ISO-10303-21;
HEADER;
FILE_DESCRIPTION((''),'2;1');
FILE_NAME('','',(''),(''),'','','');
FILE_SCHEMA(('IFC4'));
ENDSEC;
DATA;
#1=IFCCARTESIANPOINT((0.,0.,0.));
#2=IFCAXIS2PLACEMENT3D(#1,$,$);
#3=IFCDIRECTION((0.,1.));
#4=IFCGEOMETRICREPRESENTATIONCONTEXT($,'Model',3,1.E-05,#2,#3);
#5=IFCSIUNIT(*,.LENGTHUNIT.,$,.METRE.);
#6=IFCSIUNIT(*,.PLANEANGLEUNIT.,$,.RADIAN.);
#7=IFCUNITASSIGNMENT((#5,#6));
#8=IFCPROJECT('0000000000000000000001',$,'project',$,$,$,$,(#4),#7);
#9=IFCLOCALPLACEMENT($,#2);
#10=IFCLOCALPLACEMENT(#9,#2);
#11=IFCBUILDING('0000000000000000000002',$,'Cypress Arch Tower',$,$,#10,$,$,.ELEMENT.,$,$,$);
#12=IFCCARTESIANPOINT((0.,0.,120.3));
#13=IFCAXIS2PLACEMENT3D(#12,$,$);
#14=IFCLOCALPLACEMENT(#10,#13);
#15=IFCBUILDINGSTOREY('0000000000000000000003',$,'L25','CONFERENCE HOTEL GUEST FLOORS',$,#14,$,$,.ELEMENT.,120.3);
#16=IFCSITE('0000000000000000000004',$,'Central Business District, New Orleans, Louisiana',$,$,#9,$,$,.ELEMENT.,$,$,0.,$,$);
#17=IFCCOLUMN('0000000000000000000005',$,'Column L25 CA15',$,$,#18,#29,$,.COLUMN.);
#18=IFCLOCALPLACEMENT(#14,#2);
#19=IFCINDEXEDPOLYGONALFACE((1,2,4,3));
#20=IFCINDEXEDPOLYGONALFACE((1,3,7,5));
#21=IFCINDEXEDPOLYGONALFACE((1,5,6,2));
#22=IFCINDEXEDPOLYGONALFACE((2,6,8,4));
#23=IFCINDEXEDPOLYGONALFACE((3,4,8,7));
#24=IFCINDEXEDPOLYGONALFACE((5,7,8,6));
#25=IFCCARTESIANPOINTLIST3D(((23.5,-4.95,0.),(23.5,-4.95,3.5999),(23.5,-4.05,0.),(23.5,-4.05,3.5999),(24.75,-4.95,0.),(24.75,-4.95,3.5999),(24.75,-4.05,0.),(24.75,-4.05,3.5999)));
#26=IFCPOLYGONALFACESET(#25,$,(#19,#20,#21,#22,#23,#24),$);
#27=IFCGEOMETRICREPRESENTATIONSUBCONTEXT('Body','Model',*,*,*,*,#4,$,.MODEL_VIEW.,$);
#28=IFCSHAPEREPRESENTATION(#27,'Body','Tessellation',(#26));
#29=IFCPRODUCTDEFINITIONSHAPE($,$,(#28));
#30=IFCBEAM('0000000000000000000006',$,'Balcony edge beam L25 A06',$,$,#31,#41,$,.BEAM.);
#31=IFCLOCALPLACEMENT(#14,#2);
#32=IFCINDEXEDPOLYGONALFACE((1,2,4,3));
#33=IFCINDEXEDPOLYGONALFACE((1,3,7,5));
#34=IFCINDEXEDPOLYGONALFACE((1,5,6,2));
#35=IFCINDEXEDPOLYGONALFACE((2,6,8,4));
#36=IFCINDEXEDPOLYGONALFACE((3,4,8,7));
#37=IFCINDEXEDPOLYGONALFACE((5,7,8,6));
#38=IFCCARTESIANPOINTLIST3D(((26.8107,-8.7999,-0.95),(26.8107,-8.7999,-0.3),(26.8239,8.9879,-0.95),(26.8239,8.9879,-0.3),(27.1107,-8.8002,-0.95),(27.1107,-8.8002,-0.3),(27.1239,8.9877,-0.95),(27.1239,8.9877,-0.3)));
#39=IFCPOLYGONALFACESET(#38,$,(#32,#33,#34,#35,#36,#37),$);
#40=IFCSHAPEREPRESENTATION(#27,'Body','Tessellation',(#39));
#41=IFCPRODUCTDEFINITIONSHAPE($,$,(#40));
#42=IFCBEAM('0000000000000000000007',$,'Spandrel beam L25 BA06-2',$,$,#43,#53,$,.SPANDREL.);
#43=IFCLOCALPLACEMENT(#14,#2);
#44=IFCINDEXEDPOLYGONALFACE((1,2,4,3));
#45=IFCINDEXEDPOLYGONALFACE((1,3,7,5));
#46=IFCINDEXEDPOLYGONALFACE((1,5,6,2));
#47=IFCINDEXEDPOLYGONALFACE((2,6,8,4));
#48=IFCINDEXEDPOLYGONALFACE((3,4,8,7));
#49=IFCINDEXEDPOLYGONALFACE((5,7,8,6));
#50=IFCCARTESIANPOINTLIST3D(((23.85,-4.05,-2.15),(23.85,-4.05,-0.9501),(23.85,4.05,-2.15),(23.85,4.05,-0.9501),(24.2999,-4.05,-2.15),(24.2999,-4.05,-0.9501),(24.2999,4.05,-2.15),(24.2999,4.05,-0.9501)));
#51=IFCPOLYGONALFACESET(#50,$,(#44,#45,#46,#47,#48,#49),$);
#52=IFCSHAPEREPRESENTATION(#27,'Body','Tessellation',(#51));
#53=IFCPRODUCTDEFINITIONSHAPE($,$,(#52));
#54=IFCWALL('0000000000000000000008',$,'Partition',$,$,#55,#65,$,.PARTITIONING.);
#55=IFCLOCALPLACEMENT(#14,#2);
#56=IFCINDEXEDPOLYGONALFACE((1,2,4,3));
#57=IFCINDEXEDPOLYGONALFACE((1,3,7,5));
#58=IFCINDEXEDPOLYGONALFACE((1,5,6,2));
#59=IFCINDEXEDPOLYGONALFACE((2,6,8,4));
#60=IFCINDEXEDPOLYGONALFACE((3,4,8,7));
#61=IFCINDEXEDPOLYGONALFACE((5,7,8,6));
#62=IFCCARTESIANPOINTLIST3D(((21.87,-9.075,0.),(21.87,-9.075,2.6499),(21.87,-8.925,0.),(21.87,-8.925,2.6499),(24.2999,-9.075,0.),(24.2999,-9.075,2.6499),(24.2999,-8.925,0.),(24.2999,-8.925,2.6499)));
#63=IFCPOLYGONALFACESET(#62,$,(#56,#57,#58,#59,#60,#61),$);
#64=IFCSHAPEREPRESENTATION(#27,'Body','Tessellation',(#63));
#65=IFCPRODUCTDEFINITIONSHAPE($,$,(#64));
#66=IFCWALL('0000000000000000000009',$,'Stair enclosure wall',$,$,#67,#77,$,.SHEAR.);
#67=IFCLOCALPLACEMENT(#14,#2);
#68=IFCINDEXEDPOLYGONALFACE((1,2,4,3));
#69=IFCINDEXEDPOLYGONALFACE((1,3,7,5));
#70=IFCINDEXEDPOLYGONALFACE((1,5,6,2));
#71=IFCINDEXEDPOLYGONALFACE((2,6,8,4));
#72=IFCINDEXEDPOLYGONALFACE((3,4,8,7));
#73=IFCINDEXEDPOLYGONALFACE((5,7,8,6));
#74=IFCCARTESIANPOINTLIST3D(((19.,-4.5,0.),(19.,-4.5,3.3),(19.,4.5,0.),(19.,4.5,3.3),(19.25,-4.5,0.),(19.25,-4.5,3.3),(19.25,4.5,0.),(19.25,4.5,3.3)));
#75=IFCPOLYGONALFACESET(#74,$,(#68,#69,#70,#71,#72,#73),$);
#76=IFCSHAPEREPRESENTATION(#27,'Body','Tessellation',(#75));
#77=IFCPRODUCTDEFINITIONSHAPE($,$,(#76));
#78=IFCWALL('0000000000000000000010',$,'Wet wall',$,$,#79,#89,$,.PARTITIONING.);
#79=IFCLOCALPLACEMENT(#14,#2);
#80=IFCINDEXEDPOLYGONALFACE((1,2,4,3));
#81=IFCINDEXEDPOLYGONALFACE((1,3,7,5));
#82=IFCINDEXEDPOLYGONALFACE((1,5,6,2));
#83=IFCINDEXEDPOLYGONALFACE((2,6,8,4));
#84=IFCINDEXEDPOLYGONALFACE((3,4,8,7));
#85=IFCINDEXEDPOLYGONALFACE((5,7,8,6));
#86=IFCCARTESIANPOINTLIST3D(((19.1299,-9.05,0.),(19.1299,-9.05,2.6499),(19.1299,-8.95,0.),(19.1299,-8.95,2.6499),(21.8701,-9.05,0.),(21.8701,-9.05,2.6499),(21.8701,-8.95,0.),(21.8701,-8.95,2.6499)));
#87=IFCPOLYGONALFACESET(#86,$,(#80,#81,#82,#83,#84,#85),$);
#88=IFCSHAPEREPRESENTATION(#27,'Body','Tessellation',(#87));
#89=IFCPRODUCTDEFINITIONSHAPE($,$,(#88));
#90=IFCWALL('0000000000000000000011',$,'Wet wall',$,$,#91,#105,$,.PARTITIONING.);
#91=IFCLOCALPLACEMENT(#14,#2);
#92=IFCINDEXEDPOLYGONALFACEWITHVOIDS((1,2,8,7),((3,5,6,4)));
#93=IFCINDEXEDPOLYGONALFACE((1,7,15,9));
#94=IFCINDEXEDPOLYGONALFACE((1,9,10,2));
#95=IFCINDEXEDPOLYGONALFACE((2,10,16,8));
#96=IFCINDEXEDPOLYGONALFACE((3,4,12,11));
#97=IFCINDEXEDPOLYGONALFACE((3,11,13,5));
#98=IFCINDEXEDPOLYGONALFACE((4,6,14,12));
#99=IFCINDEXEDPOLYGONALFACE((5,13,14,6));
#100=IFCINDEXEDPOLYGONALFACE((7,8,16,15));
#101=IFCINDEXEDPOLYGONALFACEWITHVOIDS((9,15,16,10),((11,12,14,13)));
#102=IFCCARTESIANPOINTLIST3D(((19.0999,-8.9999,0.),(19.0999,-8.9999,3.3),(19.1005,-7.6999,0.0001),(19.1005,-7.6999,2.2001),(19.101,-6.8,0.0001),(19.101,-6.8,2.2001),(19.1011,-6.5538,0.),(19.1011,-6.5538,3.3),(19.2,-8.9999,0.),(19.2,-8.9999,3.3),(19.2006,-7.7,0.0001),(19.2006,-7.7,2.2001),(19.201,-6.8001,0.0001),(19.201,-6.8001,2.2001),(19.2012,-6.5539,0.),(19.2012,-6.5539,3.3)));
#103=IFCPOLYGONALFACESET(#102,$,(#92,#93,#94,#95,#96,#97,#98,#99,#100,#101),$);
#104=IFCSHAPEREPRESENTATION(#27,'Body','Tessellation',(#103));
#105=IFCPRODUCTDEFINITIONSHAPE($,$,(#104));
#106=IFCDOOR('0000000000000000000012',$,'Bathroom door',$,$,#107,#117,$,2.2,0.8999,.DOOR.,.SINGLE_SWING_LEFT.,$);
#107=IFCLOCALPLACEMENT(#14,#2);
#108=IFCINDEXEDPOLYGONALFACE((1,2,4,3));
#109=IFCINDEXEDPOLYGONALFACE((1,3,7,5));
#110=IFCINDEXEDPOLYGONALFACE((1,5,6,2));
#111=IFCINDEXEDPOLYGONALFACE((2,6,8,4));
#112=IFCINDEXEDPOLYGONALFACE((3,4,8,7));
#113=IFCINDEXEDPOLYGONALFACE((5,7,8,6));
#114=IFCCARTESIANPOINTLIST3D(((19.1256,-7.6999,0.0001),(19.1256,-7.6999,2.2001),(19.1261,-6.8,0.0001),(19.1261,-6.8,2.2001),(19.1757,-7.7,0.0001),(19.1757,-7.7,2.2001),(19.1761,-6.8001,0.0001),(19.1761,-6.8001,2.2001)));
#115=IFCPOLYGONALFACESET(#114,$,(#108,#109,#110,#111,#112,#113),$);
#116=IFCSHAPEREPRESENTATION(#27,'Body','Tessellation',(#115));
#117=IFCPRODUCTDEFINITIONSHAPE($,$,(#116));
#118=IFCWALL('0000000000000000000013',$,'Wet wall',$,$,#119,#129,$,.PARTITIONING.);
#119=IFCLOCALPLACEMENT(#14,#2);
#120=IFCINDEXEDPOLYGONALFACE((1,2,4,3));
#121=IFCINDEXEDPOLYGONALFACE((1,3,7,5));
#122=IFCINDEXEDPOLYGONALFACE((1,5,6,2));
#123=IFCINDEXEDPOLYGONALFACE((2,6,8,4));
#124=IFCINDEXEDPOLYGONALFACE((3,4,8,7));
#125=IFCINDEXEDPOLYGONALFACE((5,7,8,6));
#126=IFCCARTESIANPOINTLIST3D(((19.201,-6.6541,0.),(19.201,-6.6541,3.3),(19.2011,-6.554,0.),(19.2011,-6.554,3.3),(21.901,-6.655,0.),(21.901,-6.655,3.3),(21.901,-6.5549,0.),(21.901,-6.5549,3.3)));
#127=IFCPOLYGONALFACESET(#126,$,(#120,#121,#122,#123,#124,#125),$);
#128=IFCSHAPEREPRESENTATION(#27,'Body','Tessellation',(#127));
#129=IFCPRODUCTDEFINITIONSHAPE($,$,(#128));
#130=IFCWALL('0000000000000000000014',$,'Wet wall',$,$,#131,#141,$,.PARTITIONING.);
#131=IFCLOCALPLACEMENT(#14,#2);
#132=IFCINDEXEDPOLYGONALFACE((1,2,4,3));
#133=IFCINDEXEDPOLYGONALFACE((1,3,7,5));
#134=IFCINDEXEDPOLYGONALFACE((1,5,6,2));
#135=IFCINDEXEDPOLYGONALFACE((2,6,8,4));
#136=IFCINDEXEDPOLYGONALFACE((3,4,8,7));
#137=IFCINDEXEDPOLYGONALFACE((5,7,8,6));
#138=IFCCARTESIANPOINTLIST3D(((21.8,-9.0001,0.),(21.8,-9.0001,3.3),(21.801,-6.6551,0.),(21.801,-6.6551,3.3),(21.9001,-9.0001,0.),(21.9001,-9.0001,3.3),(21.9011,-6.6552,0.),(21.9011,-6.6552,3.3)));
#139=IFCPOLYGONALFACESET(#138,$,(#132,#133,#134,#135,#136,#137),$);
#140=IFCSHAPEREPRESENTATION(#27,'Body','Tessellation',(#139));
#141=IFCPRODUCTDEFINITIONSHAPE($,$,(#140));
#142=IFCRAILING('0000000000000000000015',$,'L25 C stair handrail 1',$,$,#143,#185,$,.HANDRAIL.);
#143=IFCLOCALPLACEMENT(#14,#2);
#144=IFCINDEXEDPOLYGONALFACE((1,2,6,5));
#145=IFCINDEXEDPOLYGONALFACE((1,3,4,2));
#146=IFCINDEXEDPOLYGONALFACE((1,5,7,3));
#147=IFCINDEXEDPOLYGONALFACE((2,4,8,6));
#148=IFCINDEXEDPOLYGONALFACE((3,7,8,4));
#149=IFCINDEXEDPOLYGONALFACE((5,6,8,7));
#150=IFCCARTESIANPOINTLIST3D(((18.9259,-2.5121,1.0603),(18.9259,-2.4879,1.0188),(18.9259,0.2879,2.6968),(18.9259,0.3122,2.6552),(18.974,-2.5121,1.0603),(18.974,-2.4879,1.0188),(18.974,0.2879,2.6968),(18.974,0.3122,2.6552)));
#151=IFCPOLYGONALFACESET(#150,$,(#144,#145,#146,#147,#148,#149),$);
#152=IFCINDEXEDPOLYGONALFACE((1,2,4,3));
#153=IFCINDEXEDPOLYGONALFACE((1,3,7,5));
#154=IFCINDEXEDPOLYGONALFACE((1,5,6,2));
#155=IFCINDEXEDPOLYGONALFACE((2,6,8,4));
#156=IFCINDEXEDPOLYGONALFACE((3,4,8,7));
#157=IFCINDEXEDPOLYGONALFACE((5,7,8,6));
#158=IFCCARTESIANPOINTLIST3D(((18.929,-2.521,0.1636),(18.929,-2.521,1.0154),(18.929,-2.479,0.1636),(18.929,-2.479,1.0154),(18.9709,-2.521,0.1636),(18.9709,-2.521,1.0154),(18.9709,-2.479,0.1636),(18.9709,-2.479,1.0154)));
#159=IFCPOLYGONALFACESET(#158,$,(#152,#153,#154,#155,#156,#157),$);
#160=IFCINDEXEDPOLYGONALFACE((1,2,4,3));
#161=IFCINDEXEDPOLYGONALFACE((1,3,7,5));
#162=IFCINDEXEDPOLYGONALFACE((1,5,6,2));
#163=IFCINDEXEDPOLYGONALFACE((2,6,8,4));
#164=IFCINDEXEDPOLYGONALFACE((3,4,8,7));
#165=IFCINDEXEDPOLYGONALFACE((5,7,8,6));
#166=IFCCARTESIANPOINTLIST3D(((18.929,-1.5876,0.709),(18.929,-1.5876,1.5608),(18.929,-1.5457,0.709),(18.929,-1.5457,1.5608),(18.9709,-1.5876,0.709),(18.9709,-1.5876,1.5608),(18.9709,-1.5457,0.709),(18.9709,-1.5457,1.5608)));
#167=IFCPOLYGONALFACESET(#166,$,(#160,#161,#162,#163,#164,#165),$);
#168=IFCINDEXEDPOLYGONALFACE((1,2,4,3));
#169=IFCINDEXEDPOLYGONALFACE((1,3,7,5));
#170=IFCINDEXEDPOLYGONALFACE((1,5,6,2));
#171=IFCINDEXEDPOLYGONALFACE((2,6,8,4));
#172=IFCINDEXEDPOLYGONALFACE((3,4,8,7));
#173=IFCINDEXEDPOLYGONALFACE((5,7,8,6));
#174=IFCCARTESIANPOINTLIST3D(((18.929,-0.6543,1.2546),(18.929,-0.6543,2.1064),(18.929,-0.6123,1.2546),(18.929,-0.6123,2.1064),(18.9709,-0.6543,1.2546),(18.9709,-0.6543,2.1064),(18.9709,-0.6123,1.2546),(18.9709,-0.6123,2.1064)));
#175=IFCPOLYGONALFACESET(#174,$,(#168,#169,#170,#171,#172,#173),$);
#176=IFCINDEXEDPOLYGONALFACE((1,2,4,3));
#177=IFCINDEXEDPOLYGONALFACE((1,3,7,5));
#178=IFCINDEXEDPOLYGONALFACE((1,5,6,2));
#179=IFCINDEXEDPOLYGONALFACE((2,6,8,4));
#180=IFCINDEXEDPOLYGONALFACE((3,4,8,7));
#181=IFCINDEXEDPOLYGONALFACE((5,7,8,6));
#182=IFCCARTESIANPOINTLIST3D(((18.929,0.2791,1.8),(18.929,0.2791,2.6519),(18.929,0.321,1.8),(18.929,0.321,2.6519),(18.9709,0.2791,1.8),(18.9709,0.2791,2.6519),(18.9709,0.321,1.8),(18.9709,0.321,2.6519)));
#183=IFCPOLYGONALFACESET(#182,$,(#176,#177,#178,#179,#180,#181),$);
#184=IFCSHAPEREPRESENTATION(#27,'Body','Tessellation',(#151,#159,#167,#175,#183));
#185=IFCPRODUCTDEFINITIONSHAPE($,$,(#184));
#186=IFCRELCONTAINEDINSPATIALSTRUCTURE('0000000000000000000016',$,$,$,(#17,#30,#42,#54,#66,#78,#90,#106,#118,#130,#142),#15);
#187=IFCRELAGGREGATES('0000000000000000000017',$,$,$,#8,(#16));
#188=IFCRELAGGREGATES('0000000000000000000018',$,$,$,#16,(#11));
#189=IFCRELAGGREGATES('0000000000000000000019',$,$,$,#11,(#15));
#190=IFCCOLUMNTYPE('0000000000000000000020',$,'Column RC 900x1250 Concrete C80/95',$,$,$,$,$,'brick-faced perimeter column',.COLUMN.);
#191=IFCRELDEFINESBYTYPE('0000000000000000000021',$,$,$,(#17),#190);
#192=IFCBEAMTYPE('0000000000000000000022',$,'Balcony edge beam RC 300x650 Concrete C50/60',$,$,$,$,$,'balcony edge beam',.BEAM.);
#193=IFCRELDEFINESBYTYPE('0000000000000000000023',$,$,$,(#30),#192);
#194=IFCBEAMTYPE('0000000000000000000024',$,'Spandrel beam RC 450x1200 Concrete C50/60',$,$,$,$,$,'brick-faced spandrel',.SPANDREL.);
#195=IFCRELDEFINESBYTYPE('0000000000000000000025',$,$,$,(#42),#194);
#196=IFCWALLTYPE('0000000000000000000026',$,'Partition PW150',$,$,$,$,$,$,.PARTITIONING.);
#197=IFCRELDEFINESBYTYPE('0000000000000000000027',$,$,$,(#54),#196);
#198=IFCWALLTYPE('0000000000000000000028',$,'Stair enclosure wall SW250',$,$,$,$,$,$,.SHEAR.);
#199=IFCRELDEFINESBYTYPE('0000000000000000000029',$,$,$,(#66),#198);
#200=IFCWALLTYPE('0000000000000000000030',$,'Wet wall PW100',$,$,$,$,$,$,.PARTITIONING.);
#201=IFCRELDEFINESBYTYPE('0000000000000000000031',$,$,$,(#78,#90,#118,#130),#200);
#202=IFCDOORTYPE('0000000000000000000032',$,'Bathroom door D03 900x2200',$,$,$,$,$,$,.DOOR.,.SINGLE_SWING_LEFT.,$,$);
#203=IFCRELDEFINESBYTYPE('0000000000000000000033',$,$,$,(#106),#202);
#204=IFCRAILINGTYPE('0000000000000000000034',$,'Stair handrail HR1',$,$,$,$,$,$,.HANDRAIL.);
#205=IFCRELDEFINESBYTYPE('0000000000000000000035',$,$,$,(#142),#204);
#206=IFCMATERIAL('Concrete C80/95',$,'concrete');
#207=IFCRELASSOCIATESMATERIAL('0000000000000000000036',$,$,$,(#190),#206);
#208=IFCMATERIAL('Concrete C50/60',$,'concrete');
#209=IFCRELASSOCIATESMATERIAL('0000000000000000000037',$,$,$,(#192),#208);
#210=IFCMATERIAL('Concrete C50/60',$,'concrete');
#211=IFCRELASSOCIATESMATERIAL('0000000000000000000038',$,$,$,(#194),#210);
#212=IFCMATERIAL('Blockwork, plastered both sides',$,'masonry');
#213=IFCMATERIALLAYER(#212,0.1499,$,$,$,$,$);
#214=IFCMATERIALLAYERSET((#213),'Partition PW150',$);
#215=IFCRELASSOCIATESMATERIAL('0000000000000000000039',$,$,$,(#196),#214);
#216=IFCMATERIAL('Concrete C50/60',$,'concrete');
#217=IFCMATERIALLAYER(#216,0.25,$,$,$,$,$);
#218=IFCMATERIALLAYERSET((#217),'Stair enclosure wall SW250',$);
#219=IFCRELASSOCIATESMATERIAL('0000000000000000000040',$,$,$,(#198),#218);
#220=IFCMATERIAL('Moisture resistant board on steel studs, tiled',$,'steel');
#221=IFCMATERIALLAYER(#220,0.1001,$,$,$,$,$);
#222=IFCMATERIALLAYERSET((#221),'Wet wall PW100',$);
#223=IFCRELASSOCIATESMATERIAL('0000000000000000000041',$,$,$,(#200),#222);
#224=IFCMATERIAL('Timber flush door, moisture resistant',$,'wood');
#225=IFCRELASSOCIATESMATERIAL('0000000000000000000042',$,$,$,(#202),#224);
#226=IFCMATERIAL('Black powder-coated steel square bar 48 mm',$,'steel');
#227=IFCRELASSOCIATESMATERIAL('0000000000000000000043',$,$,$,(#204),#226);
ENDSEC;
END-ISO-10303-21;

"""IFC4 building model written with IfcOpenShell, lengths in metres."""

from ifc_helpers import new_model, si_unit, direction, frame, frame_2d, origin, origin_2d, place, context, subcontext, project, spatial, rectangle, extrude, material, layer, layer_set, material_profile, profile_set, type_object, element, fill, save


model = new_model("IFC4")

# Units and contexts
model_context = context("Model", 3, precision=1e-05, world=origin(), true_north=direction((0.0, 1.0)))
body_context = subcontext(model_context, "Body", "Model", "MODEL_VIEW")
ifc_project = project(units=[si_unit("LENGTHUNIT", "METRE"), si_unit("PLANEANGLEUNIT", "RADIAN")], contexts=[model_context])

# Site, building, storey
site_placement = place(None, origin())
site = spatial("IfcSite", under=ifc_project, at=site_placement, Name="Central Business District, New Orleans, Louisiana", CompositionType="ELEMENT", RefElevation=0.0)
building_placement = place(site_placement, origin())
building = spatial("IfcBuilding", under=site, at=building_placement, Name="Cypress Arch Tower", CompositionType="ELEMENT")
storey_placement = place(building_placement, frame((0.0, 0.0, 120.3)))
storey = spatial("IfcBuildingStorey", under=building, at=storey_placement, Name="L25", Description="CONFERENCE HOTEL GUEST FLOORS", CompositionType="ELEMENT", Elevation=120.3)

# Column
ifc_material_1 = material(Name="Concrete C80/95", Category="concrete")
ifc_material_profile_1 = material_profile(ifc_material_1, rectangle(XDim=0.8999, YDim=1.25, at=origin_2d()), Name="RC 900x1250")
ifc_profile_set_1 = profile_set([ifc_material_profile_1], Name="Concrete C80/95")
column_type = type_object("IfcColumnType", Name="Column RC 900x1250 Concrete C80/95", ElementType="brick-faced perimeter column", PredefinedType="COLUMN", material=ifc_profile_set_1)
column_placement = place(storey_placement, frame((24.125, -4.5, 0.0), z_axis=(0.0, 0.0, 1.0), x_axis=(0.0, 1.0, 0.0)))
element("IfcColumn", 1, at=column_placement, inside=storey, type_object=column_type, Name="Column L25 CA15", PredefinedType="COLUMN", context=body_context, shape_type="SweptSolid", body=[
    extrude(rectangle(XDim=0.8999, YDim=1.25, at=origin_2d()), origin(), (0.0, 0.0, 1.0), 3.5999),
])

# Beams
ifc_material_2 = material(Name="Concrete C50/60", Category="concrete")
ifc_material_profile_2 = material_profile(ifc_material_2, rectangle(XDim=0.3, YDim=0.6499, at=origin_2d()), Name="RC 300x650")
ifc_profile_set_2 = profile_set([ifc_material_profile_2], Name="Concrete C50/60")
beam_type_1 = type_object("IfcBeamType", Name="Balcony edge beam RC 300x650 Concrete C50/60", ElementType="balcony edge beam", PredefinedType="BEAM", material=ifc_profile_set_2)
beam_1_placement = place(storey_placement, frame((26.9607, -8.8, -0.625), z_axis=(0.000741, 1.0, 0.0), x_axis=(-1.0, 0.000741, 0.0)))
element("IfcBeam", 2, at=beam_1_placement, inside=storey, type_object=beam_type_1, Name="Balcony edge beam L25 A06", PredefinedType="BEAM", context=body_context, shape_type="SweptSolid", body=[
    extrude(rectangle(XDim=0.3, YDim=0.6499, at=origin_2d()), origin(), (0.0, 0.0, 1.0), 17.7878),
])
ifc_material_3 = material(Name="Concrete C50/60", Category="concrete")
ifc_material_profile_3 = material_profile(ifc_material_3, rectangle(XDim=0.45, YDim=1.2, at=origin_2d()), Name="RC 450x1200")
ifc_profile_set_3 = profile_set([ifc_material_profile_3], Name="Concrete C50/60")
beam_type_2 = type_object("IfcBeamType", Name="Spandrel beam RC 450x1200 Concrete C50/60", ElementType="brick-faced spandrel", PredefinedType="SPANDREL", material=ifc_profile_set_3)
beam_2_placement = place(storey_placement, frame((24.075, -4.05, -1.55), z_axis=(0.0, 1.0, 0.0), x_axis=(-1.0, 0.0, 0.0)))
element("IfcBeam", 3, at=beam_2_placement, inside=storey, type_object=beam_type_2, Name="Spandrel beam L25 BA06-2", PredefinedType="SPANDREL", context=body_context, shape_type="SweptSolid", body=[
    extrude(rectangle(XDim=0.45, YDim=1.2, at=origin_2d()), origin(), (0.0, 0.0, 1.0), 8.1001),
])

# Walls
ifc_material_4 = material(Name="Blockwork, plastered both sides", Category="masonry")
ifc_layer_1 = layer(ifc_material_4, 0.1499)
ifc_layer_set_1 = layer_set([ifc_layer_1], Name="Partition PW150")
wall_type_1 = type_object("IfcWallType", Name="Partition PW150", PredefinedType="PARTITIONING", material=ifc_layer_set_1)
wall_1_placement = place(storey_placement, frame((21.8701, -9.0, 0.0), z_axis=(0.0, 0.0, 1.0), x_axis=(1.0, 0.0, 0.0)))
element("IfcWall", 4, at=wall_1_placement, inside=storey, type_object=wall_type_1, Name="Partition", PredefinedType="PARTITIONING", context=body_context, shape_type="SweptSolid", body=[
    extrude(rectangle(XDim=2.4299, YDim=0.1499, at=frame_2d((1.2148, 0.0))), origin(), (0.0, 0.0, 1.0), 2.6499),
])
ifc_material_5 = material(Name="Concrete C50/60", Category="concrete")
ifc_layer_2 = layer(ifc_material_5, 0.25)
ifc_layer_set_2 = layer_set([ifc_layer_2], Name="Stair enclosure wall SW250")
wall_type_2 = type_object("IfcWallType", Name="Stair enclosure wall SW250", PredefinedType="SHEAR", material=ifc_layer_set_2)
wall_2_placement = place(storey_placement, frame((19.125, -4.5, 0.0), z_axis=(0.0, 0.0, 1.0), x_axis=(0.0, 1.0, 0.0)))
element("IfcWall", 5, at=wall_2_placement, inside=storey, type_object=wall_type_2, Name="Stair enclosure wall", PredefinedType="SHEAR", context=body_context, shape_type="SweptSolid", body=[
    extrude(rectangle(XDim=9.0, YDim=0.25, at=frame_2d((4.5, 0.0))), origin(), (0.0, 0.0, 1.0), 3.3),
])
ifc_material_6 = material(Name="Moisture resistant board on steel studs, tiled", Category="steel")
ifc_layer_3 = layer(ifc_material_6, 0.1001)
ifc_layer_set_3 = layer_set([ifc_layer_3], Name="Wet wall PW100")
wall_type_3 = type_object("IfcWallType", Name="Wet wall PW100", PredefinedType="PARTITIONING", material=ifc_layer_set_3)
wall_3_placement = place(storey_placement, frame((19.1299, -9.0, 0.0), z_axis=(0.0, 0.0, 1.0), x_axis=(1.0, 0.0, 0.0)))
element("IfcWall", 6, at=wall_3_placement, inside=storey, type_object=wall_type_3, Name="Wet wall", PredefinedType="PARTITIONING", context=body_context, shape_type="SweptSolid", body=[
    extrude(rectangle(XDim=2.7402, YDim=0.1001, at=frame_2d((1.3701, 0.0))), origin(), (0.0, 0.0, 1.0), 2.6499),
])

# Wall, opening, door
wall_4_placement = place(storey_placement, frame((19.1499, -9.0, 0.0), z_axis=(0.0, 0.0, 1.0), x_axis=(0.000499, 1.0, 0.0)))
wall_4 = element("IfcWall", 7, at=wall_4_placement, inside=storey, type_object=wall_type_3, Name="Wet wall", PredefinedType="PARTITIONING", context=body_context, shape_type="SweptSolid", body=[
    extrude(rectangle(XDim=2.446, YDim=0.1001, at=frame_2d((1.2231, 0.0))), origin(), (0.0, 0.0, 1.0), 3.3),
])
opening_1_placement = place(wall_4_placement, frame((1.3, 0.0, 0.0)))
opening_1 = element("IfcOpeningElement", 8, at=opening_1_placement, cuts=wall_4, PredefinedType="OPENING", context=body_context, shape_type="SweptSolid", body=[
    extrude(rectangle(XDim=0.8999, YDim=2.2, at=frame_2d((0.45, 1.1001))), frame((0.0, 0.0601, 0.0), z_axis=(0.0, -1.0, 0.0), x_axis=(1.0, 0.0, 0.0)), (0.0, 0.0, 1.0), 0.1201),
])
ifc_material_7 = material(Name="Timber flush door, moisture resistant", Category="wood")
door_type_1 = type_object("IfcDoorType", Name="Bathroom door D03 900x2200", OperationType="SINGLE_SWING_LEFT", PredefinedType="DOOR", material=ifc_material_7)
door_1_placement = place(opening_1_placement, origin())
door_1 = element("IfcDoor", 9, at=door_1_placement, inside=storey, type_object=door_type_1, Name="Bathroom door", OperationType="SINGLE_SWING_LEFT", OverallHeight=2.2, OverallWidth=0.8999, PredefinedType="DOOR", context=body_context, shape_type="SweptSolid", body=[
    extrude(rectangle(XDim=0.8999, YDim=2.2, at=frame_2d((0.45, 1.1001))), frame((0.0, 0.0249, 0.0), z_axis=(0.0, -1.0, 0.0), x_axis=(1.0, 0.0, 0.0)), (0.0, 0.0, 1.0), 0.05),
])
fill(opening_1, door_1)

# Walls
wall_5_placement = place(storey_placement, frame((19.2009, -6.604, 0.0), z_axis=(0.0, 0.0, 1.0), x_axis=(1.0, -0.000362, 0.0)))
element("IfcWall", 10, at=wall_5_placement, inside=storey, type_object=wall_type_3, Name="Wet wall", PredefinedType="PARTITIONING", context=body_context, shape_type="SweptSolid", body=[
    extrude(rectangle(XDim=2.7, YDim=0.1001, at=frame_2d((1.3501, 0.0))), origin(), (0.0, 0.0, 1.0), 3.3),
])
wall_6_placement = place(storey_placement, frame((21.8501, -9.0, 0.0), z_axis=(0.0, 0.0, 1.0), x_axis=(0.000416, 1.0, 0.0)))
element("IfcWall", 11, at=wall_6_placement, inside=storey, type_object=wall_type_3, Name="Wet wall", PredefinedType="PARTITIONING", context=body_context, shape_type="SweptSolid", body=[
    extrude(rectangle(XDim=2.345, YDim=0.1001, at=frame_2d((1.1724, 0.0))), origin(), (0.0, 0.0, 1.0), 3.3),
])

# Railing
ifc_material_8 = material(Name="Black powder-coated steel square bar 48 mm", Category="steel")
railing_type_1 = type_object("IfcRailingType", Name="Stair handrail HR1", PredefinedType="HANDRAIL", material=ifc_material_8)
railing_1_placement = place(storey_placement, frame((18.95, -2.5, 0.1636)))
element("IfcRailing", 12, at=railing_1_placement, inside=storey, type_object=railing_type_1, Name="L25 C stair handrail 1", PredefinedType="HANDRAIL", context=body_context, shape_type="SweptSolid", body=[
    extrude(rectangle(XDim=0.0481, YDim=0.0481, at=origin_2d()), frame((0.0, 0.0, 0.876), z_axis=(0.0, 0.863361, 0.504587), x_axis=(-1.0, 0.0, 0.0)), (0.0, 0.0, 1.0), 3.2432),
    extrude(rectangle(XDim=0.042, YDim=0.042, at=origin_2d()), origin(), (0.0, 0.0, 1.0), 0.8518),
    extrude(rectangle(XDim=0.042, YDim=0.042, at=origin_2d()), frame((0.0, 0.9333, 0.5454)), (0.0, 0.0, 1.0), 0.8518),
    extrude(rectangle(XDim=0.042, YDim=0.042, at=origin_2d()), frame((0.0, 1.8667, 1.0911)), (0.0, 0.0, 1.0), 0.8518),
    extrude(rectangle(XDim=0.042, YDim=0.042, at=origin_2d()), frame((0.0, 2.8, 1.6365)), (0.0, 0.0, 1.0), 0.8518),
])

save(model, "model.ifc")
